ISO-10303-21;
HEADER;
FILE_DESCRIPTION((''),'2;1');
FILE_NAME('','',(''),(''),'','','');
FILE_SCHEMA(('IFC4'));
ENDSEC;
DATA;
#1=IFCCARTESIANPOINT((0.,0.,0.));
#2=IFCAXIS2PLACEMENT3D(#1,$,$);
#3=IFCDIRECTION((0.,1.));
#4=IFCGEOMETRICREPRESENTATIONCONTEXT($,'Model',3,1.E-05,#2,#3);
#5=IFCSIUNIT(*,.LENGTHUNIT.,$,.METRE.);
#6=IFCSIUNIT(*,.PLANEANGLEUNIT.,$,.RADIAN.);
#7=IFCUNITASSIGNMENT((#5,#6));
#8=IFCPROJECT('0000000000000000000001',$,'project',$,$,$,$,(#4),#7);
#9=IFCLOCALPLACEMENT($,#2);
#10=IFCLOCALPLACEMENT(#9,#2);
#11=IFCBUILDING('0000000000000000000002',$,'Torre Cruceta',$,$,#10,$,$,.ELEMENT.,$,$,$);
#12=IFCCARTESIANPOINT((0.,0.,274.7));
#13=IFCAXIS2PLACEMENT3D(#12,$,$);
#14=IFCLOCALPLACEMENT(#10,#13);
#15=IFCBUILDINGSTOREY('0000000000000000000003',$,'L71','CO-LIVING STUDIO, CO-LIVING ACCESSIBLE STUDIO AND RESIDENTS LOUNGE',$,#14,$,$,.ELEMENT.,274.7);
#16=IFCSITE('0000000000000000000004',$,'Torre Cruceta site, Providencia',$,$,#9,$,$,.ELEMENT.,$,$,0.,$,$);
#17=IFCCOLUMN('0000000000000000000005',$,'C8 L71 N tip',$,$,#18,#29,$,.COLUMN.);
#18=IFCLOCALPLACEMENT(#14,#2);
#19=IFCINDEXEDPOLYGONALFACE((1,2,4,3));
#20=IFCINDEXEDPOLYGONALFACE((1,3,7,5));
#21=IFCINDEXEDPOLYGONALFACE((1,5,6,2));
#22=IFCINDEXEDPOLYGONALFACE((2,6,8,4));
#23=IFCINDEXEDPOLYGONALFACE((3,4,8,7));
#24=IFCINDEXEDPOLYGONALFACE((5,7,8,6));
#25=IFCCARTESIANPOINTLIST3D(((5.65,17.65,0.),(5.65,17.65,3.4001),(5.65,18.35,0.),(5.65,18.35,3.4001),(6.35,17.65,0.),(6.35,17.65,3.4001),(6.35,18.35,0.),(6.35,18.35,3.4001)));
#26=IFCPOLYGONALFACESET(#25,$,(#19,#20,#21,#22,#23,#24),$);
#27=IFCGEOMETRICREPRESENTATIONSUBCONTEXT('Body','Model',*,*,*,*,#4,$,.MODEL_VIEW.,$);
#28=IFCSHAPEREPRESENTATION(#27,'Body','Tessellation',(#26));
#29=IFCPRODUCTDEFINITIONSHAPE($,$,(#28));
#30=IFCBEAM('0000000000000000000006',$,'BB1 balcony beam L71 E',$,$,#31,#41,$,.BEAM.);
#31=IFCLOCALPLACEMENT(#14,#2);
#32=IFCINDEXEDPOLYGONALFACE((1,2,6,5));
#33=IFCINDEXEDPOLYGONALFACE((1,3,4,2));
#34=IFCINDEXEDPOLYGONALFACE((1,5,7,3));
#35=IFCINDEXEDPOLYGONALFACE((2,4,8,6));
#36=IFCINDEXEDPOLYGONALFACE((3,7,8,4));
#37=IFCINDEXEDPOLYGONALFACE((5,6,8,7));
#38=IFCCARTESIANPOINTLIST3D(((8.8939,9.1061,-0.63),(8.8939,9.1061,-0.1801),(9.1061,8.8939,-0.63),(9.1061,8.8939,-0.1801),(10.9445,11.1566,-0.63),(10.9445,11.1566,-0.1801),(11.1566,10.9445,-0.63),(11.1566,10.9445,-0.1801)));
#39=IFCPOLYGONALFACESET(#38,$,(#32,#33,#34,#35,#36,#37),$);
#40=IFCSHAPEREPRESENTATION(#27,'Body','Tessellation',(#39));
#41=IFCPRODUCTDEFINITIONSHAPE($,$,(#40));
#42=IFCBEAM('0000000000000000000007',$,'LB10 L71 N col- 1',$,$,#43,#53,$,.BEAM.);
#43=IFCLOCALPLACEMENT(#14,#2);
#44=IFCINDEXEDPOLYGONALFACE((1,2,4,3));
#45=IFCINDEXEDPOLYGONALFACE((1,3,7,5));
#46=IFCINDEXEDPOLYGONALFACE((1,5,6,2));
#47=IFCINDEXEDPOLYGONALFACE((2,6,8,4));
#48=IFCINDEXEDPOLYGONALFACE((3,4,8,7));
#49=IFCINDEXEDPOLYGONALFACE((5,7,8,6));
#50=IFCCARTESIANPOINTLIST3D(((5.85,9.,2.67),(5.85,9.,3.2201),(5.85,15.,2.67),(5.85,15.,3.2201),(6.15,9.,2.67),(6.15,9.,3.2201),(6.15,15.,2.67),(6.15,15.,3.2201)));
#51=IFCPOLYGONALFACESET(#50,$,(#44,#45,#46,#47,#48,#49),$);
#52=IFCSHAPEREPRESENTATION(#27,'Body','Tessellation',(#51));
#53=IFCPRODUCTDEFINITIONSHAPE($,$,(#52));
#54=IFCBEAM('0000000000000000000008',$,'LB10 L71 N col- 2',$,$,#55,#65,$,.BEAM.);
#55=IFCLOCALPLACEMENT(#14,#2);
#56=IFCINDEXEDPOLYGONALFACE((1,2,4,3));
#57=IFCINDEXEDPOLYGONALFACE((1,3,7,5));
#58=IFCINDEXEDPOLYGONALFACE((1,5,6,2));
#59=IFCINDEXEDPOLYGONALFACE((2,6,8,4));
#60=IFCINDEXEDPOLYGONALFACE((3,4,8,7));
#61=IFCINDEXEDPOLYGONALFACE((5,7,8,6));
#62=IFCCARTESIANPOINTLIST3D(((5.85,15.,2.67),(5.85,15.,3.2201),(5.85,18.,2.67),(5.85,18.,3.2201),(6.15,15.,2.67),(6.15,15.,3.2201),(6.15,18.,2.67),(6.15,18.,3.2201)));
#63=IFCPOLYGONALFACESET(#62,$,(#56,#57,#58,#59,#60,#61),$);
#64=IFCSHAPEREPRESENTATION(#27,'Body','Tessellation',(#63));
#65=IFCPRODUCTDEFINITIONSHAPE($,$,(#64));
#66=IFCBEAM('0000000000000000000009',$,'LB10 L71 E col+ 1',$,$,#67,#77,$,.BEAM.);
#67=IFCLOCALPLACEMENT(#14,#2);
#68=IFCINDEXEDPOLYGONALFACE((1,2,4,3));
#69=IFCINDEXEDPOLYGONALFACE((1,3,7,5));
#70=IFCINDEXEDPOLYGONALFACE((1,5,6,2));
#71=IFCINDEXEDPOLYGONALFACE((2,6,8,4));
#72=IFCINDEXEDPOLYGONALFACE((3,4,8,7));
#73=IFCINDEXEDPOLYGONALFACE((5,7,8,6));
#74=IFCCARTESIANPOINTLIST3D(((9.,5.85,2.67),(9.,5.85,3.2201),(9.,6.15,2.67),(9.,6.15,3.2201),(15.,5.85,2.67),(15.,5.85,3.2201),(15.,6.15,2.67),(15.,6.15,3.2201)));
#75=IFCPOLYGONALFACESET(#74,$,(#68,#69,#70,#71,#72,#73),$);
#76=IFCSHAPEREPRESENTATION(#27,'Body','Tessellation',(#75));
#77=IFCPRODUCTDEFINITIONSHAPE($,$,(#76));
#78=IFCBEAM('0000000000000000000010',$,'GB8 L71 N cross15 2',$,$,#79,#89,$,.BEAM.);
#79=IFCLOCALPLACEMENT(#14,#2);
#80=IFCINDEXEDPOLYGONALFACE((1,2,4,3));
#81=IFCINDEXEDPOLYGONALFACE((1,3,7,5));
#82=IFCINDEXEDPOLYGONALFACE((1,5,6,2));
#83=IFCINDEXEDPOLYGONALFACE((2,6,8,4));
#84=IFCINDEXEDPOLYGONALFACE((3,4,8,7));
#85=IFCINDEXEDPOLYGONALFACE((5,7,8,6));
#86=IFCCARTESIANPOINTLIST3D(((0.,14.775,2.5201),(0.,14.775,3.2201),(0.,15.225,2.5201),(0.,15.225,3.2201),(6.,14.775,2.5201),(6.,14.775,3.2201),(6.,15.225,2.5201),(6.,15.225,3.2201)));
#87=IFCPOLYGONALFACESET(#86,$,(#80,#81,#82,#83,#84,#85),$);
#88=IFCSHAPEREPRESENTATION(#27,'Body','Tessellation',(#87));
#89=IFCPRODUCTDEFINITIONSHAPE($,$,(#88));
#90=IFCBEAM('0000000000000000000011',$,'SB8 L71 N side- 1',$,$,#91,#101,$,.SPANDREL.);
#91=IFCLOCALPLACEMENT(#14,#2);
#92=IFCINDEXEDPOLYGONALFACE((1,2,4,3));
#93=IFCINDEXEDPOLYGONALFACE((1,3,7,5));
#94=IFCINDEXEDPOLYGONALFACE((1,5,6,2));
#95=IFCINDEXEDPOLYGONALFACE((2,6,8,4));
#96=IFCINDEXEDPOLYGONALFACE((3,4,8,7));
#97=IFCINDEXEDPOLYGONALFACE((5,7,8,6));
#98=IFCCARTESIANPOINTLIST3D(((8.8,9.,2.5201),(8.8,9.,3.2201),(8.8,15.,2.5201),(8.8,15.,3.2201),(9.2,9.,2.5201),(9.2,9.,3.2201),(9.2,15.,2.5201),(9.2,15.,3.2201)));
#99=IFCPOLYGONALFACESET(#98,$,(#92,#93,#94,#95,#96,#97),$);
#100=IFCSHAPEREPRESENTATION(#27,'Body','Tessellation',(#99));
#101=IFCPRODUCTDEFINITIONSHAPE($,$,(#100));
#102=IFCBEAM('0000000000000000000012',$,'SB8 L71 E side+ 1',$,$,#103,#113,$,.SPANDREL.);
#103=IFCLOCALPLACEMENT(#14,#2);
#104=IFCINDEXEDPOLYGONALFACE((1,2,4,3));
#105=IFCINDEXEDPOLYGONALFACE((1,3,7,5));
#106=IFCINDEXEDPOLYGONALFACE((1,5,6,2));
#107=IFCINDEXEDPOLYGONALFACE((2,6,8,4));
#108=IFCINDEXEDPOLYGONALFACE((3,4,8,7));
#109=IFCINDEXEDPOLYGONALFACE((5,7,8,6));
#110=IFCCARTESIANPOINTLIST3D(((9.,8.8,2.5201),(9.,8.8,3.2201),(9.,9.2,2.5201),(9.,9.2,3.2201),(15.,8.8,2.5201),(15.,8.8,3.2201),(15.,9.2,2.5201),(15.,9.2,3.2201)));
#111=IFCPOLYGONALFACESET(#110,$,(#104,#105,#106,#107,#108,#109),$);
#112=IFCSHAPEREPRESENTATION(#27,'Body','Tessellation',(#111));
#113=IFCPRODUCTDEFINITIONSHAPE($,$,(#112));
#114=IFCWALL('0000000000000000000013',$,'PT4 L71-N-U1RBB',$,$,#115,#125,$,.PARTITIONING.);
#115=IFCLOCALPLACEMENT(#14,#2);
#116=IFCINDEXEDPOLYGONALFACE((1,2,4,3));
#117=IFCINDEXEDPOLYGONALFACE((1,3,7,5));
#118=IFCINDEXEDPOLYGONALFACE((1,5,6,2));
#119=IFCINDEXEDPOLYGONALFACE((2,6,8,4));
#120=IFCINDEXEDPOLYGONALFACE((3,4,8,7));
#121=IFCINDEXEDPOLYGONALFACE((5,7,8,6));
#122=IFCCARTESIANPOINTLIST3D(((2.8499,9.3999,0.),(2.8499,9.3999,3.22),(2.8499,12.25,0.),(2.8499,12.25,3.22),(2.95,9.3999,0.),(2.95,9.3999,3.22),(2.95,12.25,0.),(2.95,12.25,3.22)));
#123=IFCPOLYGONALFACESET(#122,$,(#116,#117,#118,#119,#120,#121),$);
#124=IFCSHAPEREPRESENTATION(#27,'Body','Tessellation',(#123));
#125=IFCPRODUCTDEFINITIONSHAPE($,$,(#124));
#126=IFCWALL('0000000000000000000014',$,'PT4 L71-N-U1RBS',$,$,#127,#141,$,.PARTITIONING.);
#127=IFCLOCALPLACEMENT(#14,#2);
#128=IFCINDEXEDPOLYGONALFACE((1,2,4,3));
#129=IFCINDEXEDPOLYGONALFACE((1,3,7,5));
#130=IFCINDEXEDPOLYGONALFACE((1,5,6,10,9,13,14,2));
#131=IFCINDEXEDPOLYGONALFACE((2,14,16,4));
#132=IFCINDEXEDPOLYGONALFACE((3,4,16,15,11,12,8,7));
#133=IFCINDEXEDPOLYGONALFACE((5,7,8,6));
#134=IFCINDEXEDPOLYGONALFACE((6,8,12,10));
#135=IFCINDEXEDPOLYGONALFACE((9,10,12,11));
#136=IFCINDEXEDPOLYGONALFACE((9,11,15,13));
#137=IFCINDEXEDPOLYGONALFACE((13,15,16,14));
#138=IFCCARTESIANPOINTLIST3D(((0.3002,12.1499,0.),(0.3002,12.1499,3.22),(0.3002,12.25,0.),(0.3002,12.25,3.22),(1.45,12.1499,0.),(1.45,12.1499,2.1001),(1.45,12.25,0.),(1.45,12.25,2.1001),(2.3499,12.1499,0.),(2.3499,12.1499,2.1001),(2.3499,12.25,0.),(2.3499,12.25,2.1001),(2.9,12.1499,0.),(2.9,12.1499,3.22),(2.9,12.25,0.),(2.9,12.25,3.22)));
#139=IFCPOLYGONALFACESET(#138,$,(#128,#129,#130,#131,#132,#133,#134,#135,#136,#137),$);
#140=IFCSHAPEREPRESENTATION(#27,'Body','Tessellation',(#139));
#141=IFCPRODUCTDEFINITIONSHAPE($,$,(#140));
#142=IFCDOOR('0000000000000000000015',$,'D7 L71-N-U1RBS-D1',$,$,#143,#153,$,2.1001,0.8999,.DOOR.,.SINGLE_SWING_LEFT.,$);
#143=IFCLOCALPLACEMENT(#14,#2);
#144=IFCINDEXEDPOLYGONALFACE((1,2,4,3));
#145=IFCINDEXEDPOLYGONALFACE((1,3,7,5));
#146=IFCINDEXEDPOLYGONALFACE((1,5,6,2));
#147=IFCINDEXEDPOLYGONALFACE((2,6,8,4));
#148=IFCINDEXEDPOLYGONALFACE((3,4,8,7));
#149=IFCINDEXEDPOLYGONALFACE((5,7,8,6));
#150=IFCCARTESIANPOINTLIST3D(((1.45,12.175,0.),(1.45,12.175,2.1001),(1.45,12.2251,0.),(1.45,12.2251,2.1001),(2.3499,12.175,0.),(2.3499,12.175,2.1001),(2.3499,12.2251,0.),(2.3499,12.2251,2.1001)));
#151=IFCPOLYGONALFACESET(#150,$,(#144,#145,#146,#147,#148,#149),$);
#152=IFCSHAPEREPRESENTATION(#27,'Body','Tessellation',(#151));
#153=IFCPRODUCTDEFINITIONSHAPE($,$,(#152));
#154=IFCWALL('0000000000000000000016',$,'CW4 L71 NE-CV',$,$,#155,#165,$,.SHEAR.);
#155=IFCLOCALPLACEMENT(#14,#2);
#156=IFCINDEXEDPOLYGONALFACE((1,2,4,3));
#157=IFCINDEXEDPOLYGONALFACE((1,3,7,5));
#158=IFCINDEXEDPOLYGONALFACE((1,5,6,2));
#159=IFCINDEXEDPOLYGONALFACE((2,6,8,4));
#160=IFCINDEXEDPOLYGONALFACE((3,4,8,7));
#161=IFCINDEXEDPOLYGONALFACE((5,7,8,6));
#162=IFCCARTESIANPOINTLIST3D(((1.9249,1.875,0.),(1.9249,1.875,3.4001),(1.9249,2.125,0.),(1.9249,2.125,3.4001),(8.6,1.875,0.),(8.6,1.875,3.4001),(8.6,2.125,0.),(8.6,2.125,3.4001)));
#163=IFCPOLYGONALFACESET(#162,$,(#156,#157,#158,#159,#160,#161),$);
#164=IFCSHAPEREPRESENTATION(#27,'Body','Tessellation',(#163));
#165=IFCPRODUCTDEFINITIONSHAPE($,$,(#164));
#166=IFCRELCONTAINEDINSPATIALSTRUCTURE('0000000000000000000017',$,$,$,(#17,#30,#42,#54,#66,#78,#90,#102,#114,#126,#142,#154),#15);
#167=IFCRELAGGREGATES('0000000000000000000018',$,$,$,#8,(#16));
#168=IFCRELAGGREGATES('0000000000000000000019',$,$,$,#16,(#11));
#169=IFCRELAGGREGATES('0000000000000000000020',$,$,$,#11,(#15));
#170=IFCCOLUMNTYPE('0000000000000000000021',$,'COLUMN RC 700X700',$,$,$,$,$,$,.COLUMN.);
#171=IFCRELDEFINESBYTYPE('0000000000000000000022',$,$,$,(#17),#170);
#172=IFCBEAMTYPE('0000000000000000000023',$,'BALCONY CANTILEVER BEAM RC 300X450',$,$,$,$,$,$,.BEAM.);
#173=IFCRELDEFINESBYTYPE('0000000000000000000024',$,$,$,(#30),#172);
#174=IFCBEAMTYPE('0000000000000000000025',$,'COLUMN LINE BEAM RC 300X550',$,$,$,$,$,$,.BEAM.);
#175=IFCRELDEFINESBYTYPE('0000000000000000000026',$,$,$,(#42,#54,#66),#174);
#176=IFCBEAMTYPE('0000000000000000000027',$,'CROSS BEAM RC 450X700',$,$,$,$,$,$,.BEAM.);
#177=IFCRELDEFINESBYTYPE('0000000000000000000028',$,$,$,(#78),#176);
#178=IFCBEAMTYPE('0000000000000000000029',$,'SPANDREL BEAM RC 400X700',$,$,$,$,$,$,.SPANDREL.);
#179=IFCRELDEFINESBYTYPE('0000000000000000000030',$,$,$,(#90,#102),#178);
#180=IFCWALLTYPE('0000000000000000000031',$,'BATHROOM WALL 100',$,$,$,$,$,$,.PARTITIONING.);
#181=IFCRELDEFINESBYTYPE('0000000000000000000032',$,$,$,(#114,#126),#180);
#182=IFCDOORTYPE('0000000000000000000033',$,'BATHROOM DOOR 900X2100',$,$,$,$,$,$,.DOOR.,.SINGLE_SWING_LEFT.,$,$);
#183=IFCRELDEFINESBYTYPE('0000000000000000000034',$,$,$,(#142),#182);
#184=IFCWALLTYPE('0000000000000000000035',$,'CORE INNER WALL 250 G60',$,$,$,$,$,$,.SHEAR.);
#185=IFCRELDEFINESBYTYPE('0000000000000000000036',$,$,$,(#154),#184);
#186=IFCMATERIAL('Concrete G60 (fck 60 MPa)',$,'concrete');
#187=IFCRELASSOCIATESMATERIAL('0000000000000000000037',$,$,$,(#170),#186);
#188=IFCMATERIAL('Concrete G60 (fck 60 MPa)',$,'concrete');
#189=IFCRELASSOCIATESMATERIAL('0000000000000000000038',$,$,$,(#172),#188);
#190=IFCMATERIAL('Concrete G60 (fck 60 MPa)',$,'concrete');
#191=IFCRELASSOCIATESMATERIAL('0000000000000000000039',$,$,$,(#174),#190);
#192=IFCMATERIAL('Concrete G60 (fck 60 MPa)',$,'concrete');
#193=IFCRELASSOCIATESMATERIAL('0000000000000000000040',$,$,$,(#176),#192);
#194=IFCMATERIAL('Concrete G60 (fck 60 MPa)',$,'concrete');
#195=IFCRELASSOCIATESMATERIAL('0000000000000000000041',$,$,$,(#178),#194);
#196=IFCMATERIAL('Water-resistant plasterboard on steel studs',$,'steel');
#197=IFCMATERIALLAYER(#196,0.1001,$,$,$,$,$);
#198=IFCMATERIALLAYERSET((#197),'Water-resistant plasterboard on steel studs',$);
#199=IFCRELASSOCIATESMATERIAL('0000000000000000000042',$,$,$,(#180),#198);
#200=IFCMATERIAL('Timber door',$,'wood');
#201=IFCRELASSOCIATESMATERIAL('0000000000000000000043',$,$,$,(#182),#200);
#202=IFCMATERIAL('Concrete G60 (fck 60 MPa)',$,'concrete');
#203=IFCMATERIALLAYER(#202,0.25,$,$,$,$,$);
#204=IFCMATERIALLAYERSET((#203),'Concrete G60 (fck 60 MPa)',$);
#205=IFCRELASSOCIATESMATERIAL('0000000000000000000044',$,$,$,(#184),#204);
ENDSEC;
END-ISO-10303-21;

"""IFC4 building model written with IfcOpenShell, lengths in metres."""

from ifc_helpers import new_model, si_unit, direction, frame, frame_2d, origin, origin_2d, place, context, subcontext, project, spatial, rectangle, extrude, material, layer, layer_set, material_profile, profile_set, type_object, element, fill, save


model = new_model("IFC4")

# Units and contexts
model_context = context("Model", 3, precision=1e-05, world=origin(), true_north=direction((0.0, 1.0)))
body_context = subcontext(model_context, "Body", "Model", "MODEL_VIEW")
ifc_project = project(units=[si_unit("LENGTHUNIT", "METRE"), si_unit("PLANEANGLEUNIT", "RADIAN")], contexts=[model_context])

# Site, building, storey
site_placement = place(None, origin())
site = spatial("IfcSite", under=ifc_project, at=site_placement, Name="Torre Cruceta site, Providencia", CompositionType="ELEMENT", RefElevation=0.0)
building_placement = place(site_placement, origin())
building = spatial("IfcBuilding", under=site, at=building_placement, Name="Torre Cruceta", CompositionType="ELEMENT")
storey_placement = place(building_placement, frame((0.0, 0.0, 274.7)))
storey = spatial("IfcBuildingStorey", under=building, at=storey_placement, Name="L71", Description="CO-LIVING STUDIO, CO-LIVING ACCESSIBLE STUDIO AND RESIDENTS LOUNGE", CompositionType="ELEMENT", Elevation=274.7)

# Column
ifc_material_1 = material(Name="Concrete G60 (fck 60 MPa)", Category="concrete")
ifc_material_profile_1 = material_profile(ifc_material_1, rectangle(XDim=0.7, YDim=0.7, at=origin_2d()), Name="RC 700X700")
ifc_profile_set_1 = profile_set([ifc_material_profile_1], Name="Concrete G60 (fck 60 MPa)")
column_type = type_object("IfcColumnType", Name="COLUMN RC 700X700", PredefinedType="COLUMN", material=ifc_profile_set_1)
column_placement = place(storey_placement, frame((6.0, 18.0, 0.0), z_axis=(0.0, 0.0, 1.0), x_axis=(1.0, 0.0, 0.0)))
element("IfcColumn", 1, at=column_placement, inside=storey, type_object=column_type, Name="C8 L71 N tip", PredefinedType="COLUMN", context=body_context, shape_type="SweptSolid", body=[
    extrude(rectangle(XDim=0.7, YDim=0.7, at=origin_2d()), origin(), (0.0, 0.0, 1.0), 3.4001),
])

# Beams
ifc_material_2 = material(Name="Concrete G60 (fck 60 MPa)", Category="concrete")
ifc_material_profile_2 = material_profile(ifc_material_2, rectangle(XDim=0.3, YDim=0.45, at=origin_2d()), Name="RC 300X450")
ifc_profile_set_2 = profile_set([ifc_material_profile_2], Name="Concrete G60 (fck 60 MPa)")
beam_type_1 = type_object("IfcBeamType", Name="BALCONY CANTILEVER BEAM RC 300X450", PredefinedType="BEAM", material=ifc_profile_set_2)
beam_1_placement = place(storey_placement, frame((9.0, 9.0, -0.405), z_axis=(0.707107, 0.707107, 0.0), x_axis=(-0.707107, 0.707107, 0.0)))
element("IfcBeam", 2, at=beam_1_placement, inside=storey, type_object=beam_type_1, Name="BB1 balcony beam L71 E", PredefinedType="BEAM", context=body_context, shape_type="SweptSolid", body=[
    extrude(rectangle(XDim=0.3, YDim=0.45, at=origin_2d()), origin(), (0.0, 0.0, 1.0), 2.8999),
])
ifc_material_3 = material(Name="Concrete G60 (fck 60 MPa)", Category="concrete")
ifc_material_profile_3 = material_profile(ifc_material_3, rectangle(XDim=0.3, YDim=0.55, at=origin_2d()), Name="RC 300X550")
ifc_profile_set_3 = profile_set([ifc_material_profile_3], Name="Concrete G60 (fck 60 MPa)")
beam_type_2 = type_object("IfcBeamType", Name="COLUMN LINE BEAM RC 300X550", PredefinedType="BEAM", material=ifc_profile_set_3)
beam_2_placement = place(storey_placement, frame((6.0, 9.0, 2.9451), z_axis=(0.0, 1.0, 0.0), x_axis=(-1.0, 0.0, 0.0)))
element("IfcBeam", 3, at=beam_2_placement, inside=storey, type_object=beam_type_2, Name="LB10 L71 N col- 1", PredefinedType="BEAM", context=body_context, shape_type="SweptSolid", body=[
    extrude(rectangle(XDim=0.3, YDim=0.55, at=origin_2d()), origin(), (0.0, 0.0, 1.0), 6.0),
])
beam_3_placement = place(storey_placement, frame((6.0, 15.0, 2.9451), z_axis=(0.0, 1.0, 0.0), x_axis=(-1.0, 0.0, 0.0)))
element("IfcBeam", 4, at=beam_3_placement, inside=storey, type_object=beam_type_2, Name="LB10 L71 N col- 2", PredefinedType="BEAM", context=body_context, shape_type="SweptSolid", body=[
    extrude(rectangle(XDim=0.3, YDim=0.55, at=origin_2d()), origin(), (0.0, 0.0, 1.0), 3.0),
])
beam_4_placement = place(storey_placement, frame((9.0, 6.0, 2.9451), z_axis=(1.0, 0.0, 0.0), x_axis=(0.0, 1.0, 0.0)))
element("IfcBeam", 5, at=beam_4_placement, inside=storey, type_object=beam_type_2, Name="LB10 L71 E col+ 1", PredefinedType="BEAM", context=body_context, shape_type="SweptSolid", body=[
    extrude(rectangle(XDim=0.3, YDim=0.55, at=origin_2d()), origin(), (0.0, 0.0, 1.0), 6.0),
])
ifc_material_4 = material(Name="Concrete G60 (fck 60 MPa)", Category="concrete")
ifc_material_profile_4 = material_profile(ifc_material_4, rectangle(XDim=0.45, YDim=0.7, at=origin_2d()), Name="RC 450X700")
ifc_profile_set_4 = profile_set([ifc_material_profile_4], Name="Concrete G60 (fck 60 MPa)")
beam_type_3 = type_object("IfcBeamType", Name="CROSS BEAM RC 450X700", PredefinedType="BEAM", material=ifc_profile_set_4)
beam_5_placement = place(storey_placement, frame((6.0, 15.0, 2.8701), z_axis=(-1.0, 0.0, 0.0), x_axis=(0.0, -1.0, 0.0)))
element("IfcBeam", 6, at=beam_5_placement, inside=storey, type_object=beam_type_3, Name="GB8 L71 N cross15 2", PredefinedType="BEAM", context=body_context, shape_type="SweptSolid", body=[
    extrude(rectangle(XDim=0.45, YDim=0.7, at=origin_2d()), origin(), (0.0, 0.0, 1.0), 6.0),
])
ifc_material_5 = material(Name="Concrete G60 (fck 60 MPa)", Category="concrete")
ifc_material_profile_5 = material_profile(ifc_material_5, rectangle(XDim=0.3999, YDim=0.7, at=origin_2d()), Name="RC 400X700")
ifc_profile_set_5 = profile_set([ifc_material_profile_5], Name="Concrete G60 (fck 60 MPa)")
beam_type_4 = type_object("IfcBeamType", Name="SPANDREL BEAM RC 400X700", PredefinedType="SPANDREL", material=ifc_profile_set_5)
for number, where, z_axis, x_axis, name in (
    (7, (9.0, 9.0, 2.8701), (0.0, 1.0, 0.0), (-1.0, 0.0, 0.0), "SB8 L71 N side- 1"),
    (8, (9.0, 9.0, 2.8701), (1.0, 0.0, 0.0), (0.0, 1.0, 0.0), "SB8 L71 E side+ 1"),
):
    element("IfcBeam", number, at=place(storey_placement, frame(where, z_axis=z_axis, x_axis=x_axis)), inside=storey, type_object=beam_type_4, Name=name, PredefinedType="SPANDREL", context=body_context, shape_type="SweptSolid", body=[
        extrude(rectangle(XDim=0.3999, YDim=0.7, at=origin_2d()), origin(), (0.0, 0.0, 1.0), 6.0),
    ])

# Wall
ifc_material_6 = material(Name="Water-resistant plasterboard on steel studs", Category="steel")
ifc_layer_1 = layer(ifc_material_6, 0.1001)
ifc_layer_set_1 = layer_set([ifc_layer_1], Name="Water-resistant plasterboard on steel studs")
wall_type_1 = type_object("IfcWallType", Name="BATHROOM WALL 100", PredefinedType="PARTITIONING", material=ifc_layer_set_1)
wall_1_placement = place(storey_placement, frame((2.8999, 9.3999, 0.0), z_axis=(0.0, 0.0, 1.0), x_axis=(0.0, 1.0, 0.0)))
element("IfcWall", 9, at=wall_1_placement, inside=storey, type_object=wall_type_1, Name="PT4 L71-N-U1RBB", PredefinedType="PARTITIONING", context=body_context, shape_type="SweptSolid", body=[
    extrude(rectangle(XDim=2.8501, YDim=0.1001, at=frame_2d((1.425, 0.0))), origin(), (0.0, 0.0, 1.0), 3.22),
])

# Wall, opening, door
wall_2_placement = place(storey_placement, frame((2.8999, 12.2, 0.0), z_axis=(0.0, 0.0, 1.0), x_axis=(-1.0, 0.0, 0.0)))
wall_2 = element("IfcWall", 10, at=wall_2_placement, inside=storey, type_object=wall_type_1, Name="PT4 L71-N-U1RBS", PredefinedType="PARTITIONING", context=body_context, shape_type="SweptSolid", body=[
    extrude(rectangle(XDim=2.5999, YDim=0.1001, at=frame_2d((1.2998, 0.0))), origin(), (0.0, 0.0, 1.0), 3.22),
])
opening_1_placement = place(wall_2_placement, frame((0.55, 0.0, 0.0)))
opening_1 = element("IfcOpeningElement", 11, at=opening_1_placement, cuts=wall_2, PredefinedType="OPENING", context=body_context, shape_type="SweptSolid", body=[
    extrude(rectangle(XDim=0.8999, YDim=2.1001, at=frame_2d((0.45, 1.05))), frame((0.0, 0.0601, 0.0), z_axis=(0.0, -1.0, 0.0), x_axis=(1.0, 0.0, 0.0)), (0.0, 0.0, 1.0), 0.1201),
])
ifc_material_7 = material(Name="Timber door", Category="wood")
door_type_1 = type_object("IfcDoorType", Name="BATHROOM DOOR 900X2100", OperationType="SINGLE_SWING_LEFT", PredefinedType="DOOR", material=ifc_material_7)
door_1_placement = place(opening_1_placement, origin())
door_1 = element("IfcDoor", 12, at=door_1_placement, inside=storey, type_object=door_type_1, Name="D7 L71-N-U1RBS-D1", OperationType="SINGLE_SWING_LEFT", OverallHeight=2.1001, OverallWidth=0.8999, PredefinedType="DOOR", context=body_context, shape_type="SweptSolid", body=[
    extrude(rectangle(XDim=0.8999, YDim=2.1001, at=frame_2d((0.45, 1.05))), frame((0.0, 0.0249, 0.0), z_axis=(0.0, -1.0, 0.0), x_axis=(1.0, 0.0, 0.0)), (0.0, 0.0, 1.0), 0.05),
])
fill(opening_1, door_1)

# Wall
ifc_material_8 = material(Name="Concrete G60 (fck 60 MPa)", Category="concrete")
ifc_layer_2 = layer(ifc_material_8, 0.25)
ifc_layer_set_2 = layer_set([ifc_layer_2], Name="Concrete G60 (fck 60 MPa)")
wall_type_2 = type_object("IfcWallType", Name="CORE INNER WALL 250 G60", PredefinedType="SHEAR", material=ifc_layer_set_2)
wall_3_placement = place(storey_placement, frame((1.925, 2.0, 0.0), z_axis=(0.0, 0.0, 1.0), x_axis=(1.0, 0.0, 0.0)))
element("IfcWall", 13, at=wall_3_placement, inside=storey, type_object=wall_type_2, Name="CW4 L71 NE-CV", PredefinedType="SHEAR", context=body_context, shape_type="SweptSolid", body=[
    extrude(rectangle(XDim=6.675, YDim=0.25, at=frame_2d((3.3374, 0.0))), origin(), (0.0, 0.0, 1.0), 3.4001),
])

save(model, "model.ifc")
